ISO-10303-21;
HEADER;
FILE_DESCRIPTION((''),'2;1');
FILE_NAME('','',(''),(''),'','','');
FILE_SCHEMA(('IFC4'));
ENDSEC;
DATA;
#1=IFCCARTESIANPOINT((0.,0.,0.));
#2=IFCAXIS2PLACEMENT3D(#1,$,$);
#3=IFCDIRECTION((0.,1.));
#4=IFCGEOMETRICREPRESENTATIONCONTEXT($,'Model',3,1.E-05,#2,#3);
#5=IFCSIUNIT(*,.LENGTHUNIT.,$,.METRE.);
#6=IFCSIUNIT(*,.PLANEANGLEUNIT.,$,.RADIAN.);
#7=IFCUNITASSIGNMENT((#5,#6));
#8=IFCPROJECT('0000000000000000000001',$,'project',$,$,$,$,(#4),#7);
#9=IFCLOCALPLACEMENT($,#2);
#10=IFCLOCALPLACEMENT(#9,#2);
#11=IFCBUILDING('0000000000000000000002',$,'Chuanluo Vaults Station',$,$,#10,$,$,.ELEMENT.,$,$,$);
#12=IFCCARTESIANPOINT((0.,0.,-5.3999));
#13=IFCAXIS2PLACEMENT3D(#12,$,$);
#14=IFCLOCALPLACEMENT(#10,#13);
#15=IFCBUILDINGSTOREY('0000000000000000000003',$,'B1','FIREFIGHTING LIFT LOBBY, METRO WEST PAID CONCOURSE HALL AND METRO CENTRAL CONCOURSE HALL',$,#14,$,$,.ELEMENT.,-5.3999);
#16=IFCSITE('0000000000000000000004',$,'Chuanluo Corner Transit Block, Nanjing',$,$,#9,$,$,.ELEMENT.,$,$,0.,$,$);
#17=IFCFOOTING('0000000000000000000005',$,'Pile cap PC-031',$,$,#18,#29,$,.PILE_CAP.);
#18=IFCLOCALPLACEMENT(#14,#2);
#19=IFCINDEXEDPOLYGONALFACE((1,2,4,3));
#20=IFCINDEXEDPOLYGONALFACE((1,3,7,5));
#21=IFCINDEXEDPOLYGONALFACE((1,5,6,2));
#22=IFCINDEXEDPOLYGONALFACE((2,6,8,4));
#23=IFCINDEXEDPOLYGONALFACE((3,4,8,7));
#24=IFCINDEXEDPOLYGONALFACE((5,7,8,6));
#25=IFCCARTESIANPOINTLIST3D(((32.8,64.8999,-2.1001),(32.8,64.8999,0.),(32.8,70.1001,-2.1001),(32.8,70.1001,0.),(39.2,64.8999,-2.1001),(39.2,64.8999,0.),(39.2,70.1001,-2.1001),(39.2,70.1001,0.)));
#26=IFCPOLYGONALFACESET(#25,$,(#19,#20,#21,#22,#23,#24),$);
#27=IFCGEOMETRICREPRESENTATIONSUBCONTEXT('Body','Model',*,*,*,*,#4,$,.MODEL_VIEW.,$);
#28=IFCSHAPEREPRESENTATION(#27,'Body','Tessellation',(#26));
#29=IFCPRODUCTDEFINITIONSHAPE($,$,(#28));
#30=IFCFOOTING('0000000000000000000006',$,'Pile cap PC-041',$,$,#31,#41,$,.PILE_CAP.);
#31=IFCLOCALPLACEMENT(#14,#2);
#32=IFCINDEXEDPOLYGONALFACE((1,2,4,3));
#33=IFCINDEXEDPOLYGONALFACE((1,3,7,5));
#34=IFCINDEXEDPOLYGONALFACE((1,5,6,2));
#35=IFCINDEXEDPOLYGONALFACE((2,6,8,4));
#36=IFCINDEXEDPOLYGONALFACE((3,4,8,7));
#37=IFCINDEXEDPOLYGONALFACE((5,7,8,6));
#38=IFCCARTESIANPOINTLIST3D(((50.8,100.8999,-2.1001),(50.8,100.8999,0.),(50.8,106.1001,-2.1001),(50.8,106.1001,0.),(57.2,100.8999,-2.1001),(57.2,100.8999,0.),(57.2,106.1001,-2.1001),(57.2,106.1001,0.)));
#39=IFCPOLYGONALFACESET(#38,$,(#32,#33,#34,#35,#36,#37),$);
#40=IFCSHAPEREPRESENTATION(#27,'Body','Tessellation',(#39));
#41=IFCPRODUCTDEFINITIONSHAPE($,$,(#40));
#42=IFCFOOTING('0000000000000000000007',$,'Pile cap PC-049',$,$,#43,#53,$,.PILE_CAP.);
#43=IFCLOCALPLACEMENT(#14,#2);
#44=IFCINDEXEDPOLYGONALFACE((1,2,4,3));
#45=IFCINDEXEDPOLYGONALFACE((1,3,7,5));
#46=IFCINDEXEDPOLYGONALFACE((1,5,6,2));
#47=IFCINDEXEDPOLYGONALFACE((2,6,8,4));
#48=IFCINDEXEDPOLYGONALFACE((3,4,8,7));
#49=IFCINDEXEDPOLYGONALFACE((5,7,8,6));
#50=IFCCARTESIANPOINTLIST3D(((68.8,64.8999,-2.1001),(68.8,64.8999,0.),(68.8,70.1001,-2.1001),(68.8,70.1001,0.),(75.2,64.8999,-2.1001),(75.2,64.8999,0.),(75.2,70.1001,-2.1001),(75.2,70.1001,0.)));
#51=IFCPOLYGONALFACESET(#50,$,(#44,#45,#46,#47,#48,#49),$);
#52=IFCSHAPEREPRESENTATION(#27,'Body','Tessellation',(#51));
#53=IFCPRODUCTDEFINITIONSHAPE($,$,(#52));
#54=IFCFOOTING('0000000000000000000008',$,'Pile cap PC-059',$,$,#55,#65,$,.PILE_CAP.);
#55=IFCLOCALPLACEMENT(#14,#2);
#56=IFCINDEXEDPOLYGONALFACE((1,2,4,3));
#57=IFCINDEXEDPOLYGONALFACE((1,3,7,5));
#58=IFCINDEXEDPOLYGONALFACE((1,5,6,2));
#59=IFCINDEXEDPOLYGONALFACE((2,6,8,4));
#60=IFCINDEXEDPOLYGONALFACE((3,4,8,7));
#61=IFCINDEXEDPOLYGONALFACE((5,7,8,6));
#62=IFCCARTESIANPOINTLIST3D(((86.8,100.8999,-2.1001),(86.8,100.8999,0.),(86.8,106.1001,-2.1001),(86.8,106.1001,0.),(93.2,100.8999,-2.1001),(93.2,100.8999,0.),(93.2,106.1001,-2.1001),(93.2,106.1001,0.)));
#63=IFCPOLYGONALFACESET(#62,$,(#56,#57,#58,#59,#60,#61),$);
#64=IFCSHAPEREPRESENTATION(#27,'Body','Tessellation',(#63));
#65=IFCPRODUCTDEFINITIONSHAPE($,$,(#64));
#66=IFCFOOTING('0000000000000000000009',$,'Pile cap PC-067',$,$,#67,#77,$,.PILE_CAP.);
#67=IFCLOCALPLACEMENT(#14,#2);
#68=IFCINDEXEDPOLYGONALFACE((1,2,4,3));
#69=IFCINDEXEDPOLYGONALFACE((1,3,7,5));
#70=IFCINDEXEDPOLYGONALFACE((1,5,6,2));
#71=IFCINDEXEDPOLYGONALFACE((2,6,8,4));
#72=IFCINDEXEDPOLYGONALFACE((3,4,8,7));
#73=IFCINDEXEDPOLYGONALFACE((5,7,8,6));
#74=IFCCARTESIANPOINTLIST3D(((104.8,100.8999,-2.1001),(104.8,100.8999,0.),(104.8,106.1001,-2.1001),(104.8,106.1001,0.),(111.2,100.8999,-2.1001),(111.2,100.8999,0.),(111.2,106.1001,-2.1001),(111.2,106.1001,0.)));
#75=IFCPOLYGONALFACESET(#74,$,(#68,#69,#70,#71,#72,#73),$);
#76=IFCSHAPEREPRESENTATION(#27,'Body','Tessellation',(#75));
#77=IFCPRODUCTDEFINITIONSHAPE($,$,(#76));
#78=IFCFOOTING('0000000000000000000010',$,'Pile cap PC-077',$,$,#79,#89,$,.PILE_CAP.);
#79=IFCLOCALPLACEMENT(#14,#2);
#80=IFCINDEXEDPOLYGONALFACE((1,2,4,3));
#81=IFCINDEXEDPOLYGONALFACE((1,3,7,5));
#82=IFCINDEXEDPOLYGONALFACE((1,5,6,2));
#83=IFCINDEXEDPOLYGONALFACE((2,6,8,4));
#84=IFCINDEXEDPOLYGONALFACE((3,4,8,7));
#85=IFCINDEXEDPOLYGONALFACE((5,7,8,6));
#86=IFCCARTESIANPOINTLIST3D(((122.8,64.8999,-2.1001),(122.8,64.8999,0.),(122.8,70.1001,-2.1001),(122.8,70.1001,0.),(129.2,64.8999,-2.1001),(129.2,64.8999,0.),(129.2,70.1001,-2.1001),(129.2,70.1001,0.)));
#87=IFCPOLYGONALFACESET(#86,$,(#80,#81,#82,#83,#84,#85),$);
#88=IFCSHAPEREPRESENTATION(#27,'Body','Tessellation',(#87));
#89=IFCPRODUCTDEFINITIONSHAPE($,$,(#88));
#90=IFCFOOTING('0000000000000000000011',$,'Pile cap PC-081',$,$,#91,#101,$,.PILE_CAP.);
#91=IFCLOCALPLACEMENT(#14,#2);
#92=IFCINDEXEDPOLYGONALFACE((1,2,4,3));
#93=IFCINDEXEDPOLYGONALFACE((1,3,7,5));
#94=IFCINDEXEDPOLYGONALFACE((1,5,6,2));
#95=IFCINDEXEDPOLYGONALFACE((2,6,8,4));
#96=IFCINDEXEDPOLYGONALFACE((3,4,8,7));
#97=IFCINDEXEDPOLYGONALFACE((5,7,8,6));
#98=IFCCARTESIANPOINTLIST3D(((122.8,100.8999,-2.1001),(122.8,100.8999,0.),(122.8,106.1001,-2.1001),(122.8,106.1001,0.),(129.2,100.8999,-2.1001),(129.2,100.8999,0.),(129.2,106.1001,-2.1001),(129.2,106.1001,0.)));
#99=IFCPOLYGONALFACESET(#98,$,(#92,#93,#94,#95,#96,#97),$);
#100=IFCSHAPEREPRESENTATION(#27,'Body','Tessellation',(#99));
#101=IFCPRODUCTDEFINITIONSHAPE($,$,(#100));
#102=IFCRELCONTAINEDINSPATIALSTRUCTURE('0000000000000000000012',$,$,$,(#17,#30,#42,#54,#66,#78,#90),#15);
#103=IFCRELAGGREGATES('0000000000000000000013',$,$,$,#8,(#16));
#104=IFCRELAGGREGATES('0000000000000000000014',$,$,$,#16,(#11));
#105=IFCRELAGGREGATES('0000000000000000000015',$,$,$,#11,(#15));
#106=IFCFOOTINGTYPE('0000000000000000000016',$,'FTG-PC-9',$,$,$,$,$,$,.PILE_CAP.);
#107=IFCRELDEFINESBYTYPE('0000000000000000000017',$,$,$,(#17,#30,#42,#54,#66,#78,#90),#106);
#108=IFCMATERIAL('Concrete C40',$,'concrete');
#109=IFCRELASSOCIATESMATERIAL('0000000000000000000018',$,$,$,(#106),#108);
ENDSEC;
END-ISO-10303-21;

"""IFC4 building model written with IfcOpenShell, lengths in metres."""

from ifc_helpers import new_model, si_unit, direction, frame, origin, place, context, subcontext, project, spatial, polyline, outline, extrude, material, type_object, element, save


model = new_model("IFC4")

# Units and contexts
model_context = context("Model", 3, precision=1e-05, world=origin(), true_north=direction((0.0, 1.0)))
body_context = subcontext(model_context, "Body", "Model", "MODEL_VIEW")
ifc_project = project(units=[si_unit("LENGTHUNIT", "METRE"), si_unit("PLANEANGLEUNIT", "RADIAN")], contexts=[model_context])

# Site, building, storey
site_placement = place(None, origin())
site = spatial("IfcSite", under=ifc_project, at=site_placement, Name="Chuanluo Corner Transit Block, Nanjing", CompositionType="ELEMENT", RefElevation=0.0)
building_placement = place(site_placement, origin())
building = spatial("IfcBuilding", under=site, at=building_placement, Name="Chuanluo Vaults Station", CompositionType="ELEMENT")
storey_placement = place(building_placement, frame((0.0, 0.0, -5.3999)))
storey = spatial("IfcBuildingStorey", under=building, at=storey_placement, Name="B1", Description="FIREFIGHTING LIFT LOBBY, METRO WEST PAID CONCOURSE HALL AND METRO CENTRAL CONCOURSE HALL", CompositionType="ELEMENT", Elevation=-5.3999)

# Footings
ifc_material_1 = material(Name="Concrete C40", Category="concrete")
footing_type_1 = type_object("IfcFootingType", Name="FTG-PC-9", PredefinedType="PILE_CAP", material=ifc_material_1)
footing_1_placement = place(storey_placement, frame((0.0, 0.0, -2.1001)))
element("IfcFooting", 1, at=footing_1_placement, inside=storey, type_object=footing_type_1, Name="Pile cap PC-031", PredefinedType="PILE_CAP", context=body_context, shape_type="SweptSolid", body=[
    extrude(outline(polyline([(32.8, 64.8999), (39.2, 64.8999), (39.2, 70.1001), (32.8, 70.1001), (32.8, 64.8999)])), origin(), (0.0, 0.0, 1.0), 2.1001),
])
footing_2_placement = place(storey_placement, frame((0.0, 0.0, -2.1001)))
element("IfcFooting", 2, at=footing_2_placement, inside=storey, type_object=footing_type_1, Name="Pile cap PC-041", PredefinedType="PILE_CAP", context=body_context, shape_type="SweptSolid", body=[
    extrude(outline(polyline([(50.8, 100.8999), (57.2, 100.8999), (57.2, 106.1001), (50.8, 106.1001), (50.8, 100.8999)])), origin(), (0.0, 0.0, 1.0), 2.1001),
])
footing_3_placement = place(storey_placement, frame((0.0, 0.0, -2.1001)))
element("IfcFooting", 3, at=footing_3_placement, inside=storey, type_object=footing_type_1, Name="Pile cap PC-049", PredefinedType="PILE_CAP", context=body_context, shape_type="SweptSolid", body=[
    extrude(outline(polyline([(68.8, 64.8999), (75.2, 64.8999), (75.2, 70.1001), (68.8, 70.1001), (68.8, 64.8999)])), origin(), (0.0, 0.0, 1.0), 2.1001),
])
footing_4_placement = place(storey_placement, frame((0.0, 0.0, -2.1001)))
element("IfcFooting", 4, at=footing_4_placement, inside=storey, type_object=footing_type_1, Name="Pile cap PC-059", PredefinedType="PILE_CAP", context=body_context, shape_type="SweptSolid", body=[
    extrude(outline(polyline([(86.8, 100.8999), (93.2, 100.8999), (93.2, 106.1001), (86.8, 106.1001), (86.8, 100.8999)])), origin(), (0.0, 0.0, 1.0), 2.1001),
])
footing_5_placement = place(storey_placement, frame((0.0, 0.0, -2.1001)))
element("IfcFooting", 5, at=footing_5_placement, inside=storey, type_object=footing_type_1, Name="Pile cap PC-067", PredefinedType="PILE_CAP", context=body_context, shape_type="SweptSolid", body=[
    extrude(outline(polyline([(104.8, 100.8999), (111.2, 100.8999), (111.2, 106.1001), (104.8, 106.1001), (104.8, 100.8999)])), origin(), (0.0, 0.0, 1.0), 2.1001),
])
footing_6_placement = place(storey_placement, frame((0.0, 0.0, -2.1001)))
element("IfcFooting", 6, at=footing_6_placement, inside=storey, type_object=footing_type_1, Name="Pile cap PC-077", PredefinedType="PILE_CAP", context=body_context, shape_type="SweptSolid", body=[
    extrude(outline(polyline([(122.8, 64.8999), (129.2, 64.8999), (129.2, 70.1001), (122.8, 70.1001), (122.8, 64.8999)])), origin(), (0.0, 0.0, 1.0), 2.1001),
])
footing_7_placement = place(storey_placement, frame((0.0, 0.0, -2.1001)))
element("IfcFooting", 7, at=footing_7_placement, inside=storey, type_object=footing_type_1, Name="Pile cap PC-081", PredefinedType="PILE_CAP", context=body_context, shape_type="SweptSolid", body=[
    extrude(outline(polyline([(122.8, 100.8999), (129.2, 100.8999), (129.2, 106.1001), (122.8, 106.1001), (122.8, 100.8999)])), origin(), (0.0, 0.0, 1.0), 2.1001),
])

save(model, "model.ifc")
